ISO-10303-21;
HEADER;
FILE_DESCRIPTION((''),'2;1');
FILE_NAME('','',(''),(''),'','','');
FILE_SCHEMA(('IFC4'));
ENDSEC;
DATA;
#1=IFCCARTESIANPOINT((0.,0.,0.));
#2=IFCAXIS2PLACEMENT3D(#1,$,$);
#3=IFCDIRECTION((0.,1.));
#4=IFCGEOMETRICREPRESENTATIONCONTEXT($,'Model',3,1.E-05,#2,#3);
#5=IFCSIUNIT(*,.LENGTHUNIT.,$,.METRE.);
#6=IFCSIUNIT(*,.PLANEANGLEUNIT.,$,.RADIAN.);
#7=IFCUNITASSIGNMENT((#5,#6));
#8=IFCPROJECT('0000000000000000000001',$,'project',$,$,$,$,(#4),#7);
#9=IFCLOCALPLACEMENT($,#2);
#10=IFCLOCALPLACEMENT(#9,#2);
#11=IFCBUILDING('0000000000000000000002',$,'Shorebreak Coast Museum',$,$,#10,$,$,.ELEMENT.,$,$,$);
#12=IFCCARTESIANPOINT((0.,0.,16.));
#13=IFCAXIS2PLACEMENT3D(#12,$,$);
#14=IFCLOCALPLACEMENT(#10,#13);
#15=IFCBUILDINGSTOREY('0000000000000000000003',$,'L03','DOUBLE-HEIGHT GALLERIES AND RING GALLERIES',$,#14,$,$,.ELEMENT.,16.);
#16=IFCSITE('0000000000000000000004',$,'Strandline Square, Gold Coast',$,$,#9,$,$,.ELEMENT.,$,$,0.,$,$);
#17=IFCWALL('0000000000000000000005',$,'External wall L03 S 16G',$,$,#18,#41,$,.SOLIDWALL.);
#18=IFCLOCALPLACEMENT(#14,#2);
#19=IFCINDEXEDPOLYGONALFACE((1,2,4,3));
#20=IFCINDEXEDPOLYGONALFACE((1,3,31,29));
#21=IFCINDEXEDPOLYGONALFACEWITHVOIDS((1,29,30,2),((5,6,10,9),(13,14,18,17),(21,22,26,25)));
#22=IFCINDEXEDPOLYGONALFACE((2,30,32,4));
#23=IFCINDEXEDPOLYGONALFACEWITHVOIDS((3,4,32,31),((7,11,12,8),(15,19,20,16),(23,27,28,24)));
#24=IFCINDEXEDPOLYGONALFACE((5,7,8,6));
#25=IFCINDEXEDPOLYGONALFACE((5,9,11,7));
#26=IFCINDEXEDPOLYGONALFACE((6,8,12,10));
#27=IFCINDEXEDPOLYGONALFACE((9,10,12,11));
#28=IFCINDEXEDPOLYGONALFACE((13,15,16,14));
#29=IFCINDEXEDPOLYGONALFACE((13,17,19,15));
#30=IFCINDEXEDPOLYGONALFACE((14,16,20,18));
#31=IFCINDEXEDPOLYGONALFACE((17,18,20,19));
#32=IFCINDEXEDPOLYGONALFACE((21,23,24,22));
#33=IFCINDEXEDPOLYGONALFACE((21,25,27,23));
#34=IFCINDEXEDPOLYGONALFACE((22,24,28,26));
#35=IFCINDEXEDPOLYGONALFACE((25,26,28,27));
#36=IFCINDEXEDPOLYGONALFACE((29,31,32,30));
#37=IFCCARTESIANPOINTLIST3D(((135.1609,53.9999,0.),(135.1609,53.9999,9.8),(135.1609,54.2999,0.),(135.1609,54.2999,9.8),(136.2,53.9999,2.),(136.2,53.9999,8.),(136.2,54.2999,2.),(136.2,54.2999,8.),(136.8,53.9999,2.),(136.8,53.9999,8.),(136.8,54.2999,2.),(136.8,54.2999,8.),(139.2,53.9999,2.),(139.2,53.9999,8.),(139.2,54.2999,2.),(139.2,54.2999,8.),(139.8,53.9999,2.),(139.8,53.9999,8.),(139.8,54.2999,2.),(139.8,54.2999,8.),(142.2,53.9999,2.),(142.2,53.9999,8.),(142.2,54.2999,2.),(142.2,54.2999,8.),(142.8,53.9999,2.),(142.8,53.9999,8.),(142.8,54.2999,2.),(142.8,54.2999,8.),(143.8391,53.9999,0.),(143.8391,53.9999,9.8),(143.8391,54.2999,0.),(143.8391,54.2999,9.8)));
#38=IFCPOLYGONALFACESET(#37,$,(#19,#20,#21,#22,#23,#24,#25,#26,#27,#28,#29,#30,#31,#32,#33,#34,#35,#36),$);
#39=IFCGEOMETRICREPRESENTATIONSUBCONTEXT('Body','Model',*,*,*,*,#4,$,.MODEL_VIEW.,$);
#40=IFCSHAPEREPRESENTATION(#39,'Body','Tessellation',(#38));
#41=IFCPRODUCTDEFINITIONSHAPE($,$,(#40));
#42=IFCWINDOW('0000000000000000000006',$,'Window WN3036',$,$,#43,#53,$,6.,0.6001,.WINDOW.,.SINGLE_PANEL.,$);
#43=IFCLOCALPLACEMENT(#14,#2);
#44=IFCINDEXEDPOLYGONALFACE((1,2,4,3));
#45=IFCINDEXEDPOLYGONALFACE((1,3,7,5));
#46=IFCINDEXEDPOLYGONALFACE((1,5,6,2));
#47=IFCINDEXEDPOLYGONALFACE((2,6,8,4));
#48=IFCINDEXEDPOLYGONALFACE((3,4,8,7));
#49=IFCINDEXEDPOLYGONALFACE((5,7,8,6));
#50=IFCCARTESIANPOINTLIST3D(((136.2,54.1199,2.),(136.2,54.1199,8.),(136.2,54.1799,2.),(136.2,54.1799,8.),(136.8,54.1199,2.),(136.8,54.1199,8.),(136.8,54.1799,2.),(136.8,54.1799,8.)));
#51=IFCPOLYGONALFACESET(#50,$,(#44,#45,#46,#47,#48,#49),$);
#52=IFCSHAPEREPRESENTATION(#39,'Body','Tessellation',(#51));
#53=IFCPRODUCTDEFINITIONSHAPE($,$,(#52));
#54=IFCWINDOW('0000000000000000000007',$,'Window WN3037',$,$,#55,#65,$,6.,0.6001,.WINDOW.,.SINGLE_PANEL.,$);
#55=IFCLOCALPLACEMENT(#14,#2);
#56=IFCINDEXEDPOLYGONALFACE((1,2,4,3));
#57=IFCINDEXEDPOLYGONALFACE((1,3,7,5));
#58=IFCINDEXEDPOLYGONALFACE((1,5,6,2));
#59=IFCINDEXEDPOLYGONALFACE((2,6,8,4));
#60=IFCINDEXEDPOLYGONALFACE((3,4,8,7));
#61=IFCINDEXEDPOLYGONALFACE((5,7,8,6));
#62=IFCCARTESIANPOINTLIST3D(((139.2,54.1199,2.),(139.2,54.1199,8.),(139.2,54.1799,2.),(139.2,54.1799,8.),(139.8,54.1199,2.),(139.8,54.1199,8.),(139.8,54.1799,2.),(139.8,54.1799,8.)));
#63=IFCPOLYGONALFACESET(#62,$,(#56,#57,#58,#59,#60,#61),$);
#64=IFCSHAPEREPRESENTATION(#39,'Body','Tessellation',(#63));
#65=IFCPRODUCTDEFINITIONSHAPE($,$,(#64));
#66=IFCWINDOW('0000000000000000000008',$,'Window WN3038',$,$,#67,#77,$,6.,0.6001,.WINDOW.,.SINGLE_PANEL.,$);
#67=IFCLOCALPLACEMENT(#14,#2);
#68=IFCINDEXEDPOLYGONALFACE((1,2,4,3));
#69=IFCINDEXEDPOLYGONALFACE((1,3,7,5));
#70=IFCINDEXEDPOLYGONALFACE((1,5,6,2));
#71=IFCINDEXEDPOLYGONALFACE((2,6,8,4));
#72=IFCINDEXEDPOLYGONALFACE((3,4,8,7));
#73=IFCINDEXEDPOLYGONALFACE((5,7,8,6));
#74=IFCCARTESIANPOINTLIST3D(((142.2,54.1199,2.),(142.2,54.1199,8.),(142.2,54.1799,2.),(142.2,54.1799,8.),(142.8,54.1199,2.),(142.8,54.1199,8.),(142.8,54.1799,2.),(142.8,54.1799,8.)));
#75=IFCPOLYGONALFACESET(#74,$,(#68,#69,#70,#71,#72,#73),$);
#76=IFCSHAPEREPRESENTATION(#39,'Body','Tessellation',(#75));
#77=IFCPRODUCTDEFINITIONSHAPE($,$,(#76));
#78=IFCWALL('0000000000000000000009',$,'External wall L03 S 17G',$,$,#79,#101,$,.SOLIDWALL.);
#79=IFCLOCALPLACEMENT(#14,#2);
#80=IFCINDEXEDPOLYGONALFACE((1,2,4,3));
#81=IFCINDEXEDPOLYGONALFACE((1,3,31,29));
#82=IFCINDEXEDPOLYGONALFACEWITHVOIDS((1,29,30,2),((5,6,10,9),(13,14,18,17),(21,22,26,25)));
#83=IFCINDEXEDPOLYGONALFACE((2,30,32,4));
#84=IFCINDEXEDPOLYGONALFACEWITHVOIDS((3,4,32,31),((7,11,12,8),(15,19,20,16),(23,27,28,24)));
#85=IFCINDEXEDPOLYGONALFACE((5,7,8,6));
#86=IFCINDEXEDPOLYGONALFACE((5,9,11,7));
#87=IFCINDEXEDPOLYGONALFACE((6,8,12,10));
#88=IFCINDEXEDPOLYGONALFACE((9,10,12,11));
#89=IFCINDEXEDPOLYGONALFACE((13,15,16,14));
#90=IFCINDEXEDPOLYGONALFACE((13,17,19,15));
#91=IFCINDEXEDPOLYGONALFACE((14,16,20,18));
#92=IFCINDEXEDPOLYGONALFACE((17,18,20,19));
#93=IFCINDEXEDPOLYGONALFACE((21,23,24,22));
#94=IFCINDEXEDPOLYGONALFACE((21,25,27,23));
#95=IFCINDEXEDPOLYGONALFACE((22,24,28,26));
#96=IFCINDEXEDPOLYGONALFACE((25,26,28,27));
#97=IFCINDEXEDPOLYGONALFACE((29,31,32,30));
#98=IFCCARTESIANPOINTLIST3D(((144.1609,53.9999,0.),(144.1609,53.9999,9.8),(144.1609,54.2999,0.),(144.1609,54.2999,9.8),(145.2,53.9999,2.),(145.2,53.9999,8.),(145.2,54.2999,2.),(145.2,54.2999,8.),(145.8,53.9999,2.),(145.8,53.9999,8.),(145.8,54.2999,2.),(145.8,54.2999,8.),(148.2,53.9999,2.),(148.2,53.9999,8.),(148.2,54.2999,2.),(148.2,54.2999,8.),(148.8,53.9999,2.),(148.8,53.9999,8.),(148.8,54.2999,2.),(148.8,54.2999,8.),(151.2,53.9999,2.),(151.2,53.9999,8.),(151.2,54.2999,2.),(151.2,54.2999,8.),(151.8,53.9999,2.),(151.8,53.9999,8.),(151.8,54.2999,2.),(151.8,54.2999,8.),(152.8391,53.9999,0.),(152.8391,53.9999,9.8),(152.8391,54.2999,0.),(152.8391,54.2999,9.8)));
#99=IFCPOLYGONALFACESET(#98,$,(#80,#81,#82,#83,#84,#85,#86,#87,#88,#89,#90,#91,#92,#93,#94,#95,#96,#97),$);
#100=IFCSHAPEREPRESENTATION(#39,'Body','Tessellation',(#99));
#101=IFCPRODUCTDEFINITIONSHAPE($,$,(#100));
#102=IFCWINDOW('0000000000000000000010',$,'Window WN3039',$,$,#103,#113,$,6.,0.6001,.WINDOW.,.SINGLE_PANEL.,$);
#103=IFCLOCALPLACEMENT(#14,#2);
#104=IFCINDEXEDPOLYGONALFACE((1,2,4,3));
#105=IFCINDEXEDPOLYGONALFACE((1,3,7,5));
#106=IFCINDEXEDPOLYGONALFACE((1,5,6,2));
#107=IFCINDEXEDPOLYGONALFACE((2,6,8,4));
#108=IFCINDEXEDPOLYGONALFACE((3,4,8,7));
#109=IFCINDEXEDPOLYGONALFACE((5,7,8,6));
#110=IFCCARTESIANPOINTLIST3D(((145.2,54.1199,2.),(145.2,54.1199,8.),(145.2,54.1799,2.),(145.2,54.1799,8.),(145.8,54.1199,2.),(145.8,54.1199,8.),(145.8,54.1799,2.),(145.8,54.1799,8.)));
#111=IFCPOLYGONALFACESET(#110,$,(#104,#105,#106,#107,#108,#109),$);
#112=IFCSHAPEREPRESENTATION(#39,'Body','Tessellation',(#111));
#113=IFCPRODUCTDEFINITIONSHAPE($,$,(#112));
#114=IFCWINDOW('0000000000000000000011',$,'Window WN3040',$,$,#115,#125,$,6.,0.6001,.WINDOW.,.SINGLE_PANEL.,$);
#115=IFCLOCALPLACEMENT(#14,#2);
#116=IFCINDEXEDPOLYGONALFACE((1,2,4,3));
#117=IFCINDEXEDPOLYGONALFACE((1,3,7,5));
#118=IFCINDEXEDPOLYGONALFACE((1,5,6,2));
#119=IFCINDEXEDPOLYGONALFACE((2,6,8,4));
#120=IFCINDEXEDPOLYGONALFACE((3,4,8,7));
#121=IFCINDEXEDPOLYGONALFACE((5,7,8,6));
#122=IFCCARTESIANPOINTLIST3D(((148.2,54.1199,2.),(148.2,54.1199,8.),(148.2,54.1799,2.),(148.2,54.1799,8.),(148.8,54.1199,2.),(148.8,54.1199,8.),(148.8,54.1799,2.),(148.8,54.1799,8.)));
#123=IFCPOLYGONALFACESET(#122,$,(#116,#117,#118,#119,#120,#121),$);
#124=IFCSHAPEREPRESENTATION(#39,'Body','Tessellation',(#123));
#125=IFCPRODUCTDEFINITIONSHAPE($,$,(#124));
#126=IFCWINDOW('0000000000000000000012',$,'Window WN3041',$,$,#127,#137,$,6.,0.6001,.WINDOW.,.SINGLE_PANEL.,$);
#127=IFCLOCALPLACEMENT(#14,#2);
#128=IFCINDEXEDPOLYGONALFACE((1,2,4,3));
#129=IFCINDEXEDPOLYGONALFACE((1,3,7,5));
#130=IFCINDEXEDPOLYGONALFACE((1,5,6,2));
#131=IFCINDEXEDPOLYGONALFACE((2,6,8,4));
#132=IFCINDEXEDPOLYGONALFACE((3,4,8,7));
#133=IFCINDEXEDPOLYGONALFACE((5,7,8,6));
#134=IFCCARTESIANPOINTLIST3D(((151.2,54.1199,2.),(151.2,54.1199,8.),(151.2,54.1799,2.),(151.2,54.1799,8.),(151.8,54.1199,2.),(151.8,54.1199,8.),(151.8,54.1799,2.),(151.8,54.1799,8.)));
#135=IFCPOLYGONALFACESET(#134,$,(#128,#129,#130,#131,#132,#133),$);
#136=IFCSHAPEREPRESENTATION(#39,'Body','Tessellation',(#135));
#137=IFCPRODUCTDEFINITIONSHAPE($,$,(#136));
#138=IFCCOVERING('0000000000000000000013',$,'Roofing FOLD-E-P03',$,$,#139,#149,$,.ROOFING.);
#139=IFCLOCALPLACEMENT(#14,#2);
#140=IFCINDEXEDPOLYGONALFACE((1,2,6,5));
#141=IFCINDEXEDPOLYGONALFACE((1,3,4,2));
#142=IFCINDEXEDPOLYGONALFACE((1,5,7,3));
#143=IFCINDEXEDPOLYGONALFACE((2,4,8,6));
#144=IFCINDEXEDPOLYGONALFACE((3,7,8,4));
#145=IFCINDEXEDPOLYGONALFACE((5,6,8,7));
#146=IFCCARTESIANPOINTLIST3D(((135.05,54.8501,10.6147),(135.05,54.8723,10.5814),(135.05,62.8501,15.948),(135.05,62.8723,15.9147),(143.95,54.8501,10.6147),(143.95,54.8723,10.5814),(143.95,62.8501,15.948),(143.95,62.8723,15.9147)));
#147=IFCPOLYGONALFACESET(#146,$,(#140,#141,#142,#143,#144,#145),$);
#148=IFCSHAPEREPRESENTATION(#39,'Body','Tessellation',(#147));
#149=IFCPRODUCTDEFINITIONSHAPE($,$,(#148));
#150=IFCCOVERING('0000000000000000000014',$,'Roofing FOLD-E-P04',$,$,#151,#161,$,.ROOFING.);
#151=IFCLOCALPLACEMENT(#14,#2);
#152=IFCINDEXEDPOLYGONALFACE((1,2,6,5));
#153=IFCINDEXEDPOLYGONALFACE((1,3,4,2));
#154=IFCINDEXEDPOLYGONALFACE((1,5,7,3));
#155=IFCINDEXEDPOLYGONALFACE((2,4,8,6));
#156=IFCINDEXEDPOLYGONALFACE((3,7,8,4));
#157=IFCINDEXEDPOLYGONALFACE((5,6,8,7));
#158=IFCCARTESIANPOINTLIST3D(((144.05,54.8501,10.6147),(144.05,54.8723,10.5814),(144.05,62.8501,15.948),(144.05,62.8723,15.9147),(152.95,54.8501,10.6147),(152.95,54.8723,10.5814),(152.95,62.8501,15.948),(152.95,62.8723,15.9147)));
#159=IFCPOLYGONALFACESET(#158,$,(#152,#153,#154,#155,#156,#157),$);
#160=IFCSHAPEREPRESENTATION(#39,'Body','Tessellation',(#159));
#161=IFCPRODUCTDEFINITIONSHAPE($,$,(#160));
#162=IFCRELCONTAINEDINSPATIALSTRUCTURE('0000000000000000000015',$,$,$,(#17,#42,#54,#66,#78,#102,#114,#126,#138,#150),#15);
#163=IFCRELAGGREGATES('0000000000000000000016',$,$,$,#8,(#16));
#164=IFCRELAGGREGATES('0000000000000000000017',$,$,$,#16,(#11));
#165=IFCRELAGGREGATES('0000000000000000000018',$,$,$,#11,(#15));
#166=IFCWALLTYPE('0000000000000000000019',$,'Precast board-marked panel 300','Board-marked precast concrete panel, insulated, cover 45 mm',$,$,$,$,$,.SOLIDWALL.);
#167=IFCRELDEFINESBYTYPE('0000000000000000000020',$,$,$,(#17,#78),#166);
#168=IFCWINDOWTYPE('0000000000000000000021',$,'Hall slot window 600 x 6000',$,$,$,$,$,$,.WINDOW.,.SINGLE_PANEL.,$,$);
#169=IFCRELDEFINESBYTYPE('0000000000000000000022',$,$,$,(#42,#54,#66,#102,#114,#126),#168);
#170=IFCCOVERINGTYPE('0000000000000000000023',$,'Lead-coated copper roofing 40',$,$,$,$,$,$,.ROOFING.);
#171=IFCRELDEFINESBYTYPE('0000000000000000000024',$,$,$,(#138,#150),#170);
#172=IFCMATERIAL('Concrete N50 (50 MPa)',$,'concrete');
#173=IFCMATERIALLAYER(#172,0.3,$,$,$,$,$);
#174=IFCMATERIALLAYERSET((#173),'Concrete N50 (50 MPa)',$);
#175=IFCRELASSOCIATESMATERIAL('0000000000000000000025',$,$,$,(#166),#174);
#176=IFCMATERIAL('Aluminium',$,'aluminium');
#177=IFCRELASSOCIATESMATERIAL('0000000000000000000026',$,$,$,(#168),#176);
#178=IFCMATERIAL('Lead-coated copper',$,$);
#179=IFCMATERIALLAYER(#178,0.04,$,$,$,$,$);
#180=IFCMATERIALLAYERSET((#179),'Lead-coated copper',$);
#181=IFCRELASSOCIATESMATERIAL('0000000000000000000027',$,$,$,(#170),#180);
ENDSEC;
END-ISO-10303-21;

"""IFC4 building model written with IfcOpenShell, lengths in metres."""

from ifc_helpers import new_model, si_unit, direction, frame, frame_2d, origin, place, context, subcontext, project, spatial, polyline, rectangle, outline, extrude, material, layer, layer_set, type_object, element, fill, save


model = new_model("IFC4")

# Units and contexts
model_context = context("Model", 3, precision=1e-05, world=origin(), true_north=direction((0.0, 1.0)))
body_context = subcontext(model_context, "Body", "Model", "MODEL_VIEW")
ifc_project = project(units=[si_unit("LENGTHUNIT", "METRE"), si_unit("PLANEANGLEUNIT", "RADIAN")], contexts=[model_context])

# Site, building, storey
site_placement = place(None, origin())
site = spatial("IfcSite", under=ifc_project, at=site_placement, Name="Strandline Square, Gold Coast", CompositionType="ELEMENT", RefElevation=0.0)
building_placement = place(site_placement, origin())
building = spatial("IfcBuilding", under=site, at=building_placement, Name="Shorebreak Coast Museum", CompositionType="ELEMENT")
storey_placement = place(building_placement, frame((0.0, 0.0, 16.0)))
storey = spatial("IfcBuildingStorey", under=building, at=storey_placement, Name="L03", Description="DOUBLE-HEIGHT GALLERIES AND RING GALLERIES", CompositionType="ELEMENT", Elevation=16.0)

# Walls, openings, windows
ifc_material_1 = material(Name="Concrete N50 (50 MPa)", Category="concrete")
ifc_layer_1 = layer(ifc_material_1, 0.3)
ifc_layer_set_1 = layer_set([ifc_layer_1], Name="Concrete N50 (50 MPa)")
wall_type_1 = type_object("IfcWallType", Name="Precast board-marked panel 300", Description="Board-marked precast concrete panel, insulated, cover 45 mm", PredefinedType="SOLIDWALL", material=ifc_layer_set_1)
wall_1_placement = place(storey_placement, frame((135.1609, 54.1499, 0.0), z_axis=(0.0, 0.0, 1.0), x_axis=(1.0, 0.0, 0.0)))
wall_1 = element("IfcWall", 1, at=wall_1_placement, inside=storey, type_object=wall_type_1, Name="External wall L03 S 16G", PredefinedType="SOLIDWALL", context=body_context, shape_type="SweptSolid", body=[
    extrude(rectangle(XDim=8.6782, YDim=0.3, at=frame_2d((4.3391, 0.0))), origin(), (0.0, 0.0, 1.0), 9.8),
])
opening_1_placement = place(wall_1_placement, frame((1.0391, 0.0, 2.0)))
opening_1 = element("IfcOpeningElement", 2, at=opening_1_placement, cuts=wall_1, PredefinedType="OPENING", context=body_context, shape_type="SweptSolid", body=[
    extrude(rectangle(XDim=0.6001, YDim=6.0, at=frame_2d((0.3, 3.0))), frame((0.0, 0.1599, 0.0), z_axis=(0.0, -1.0, 0.0), x_axis=(1.0, 0.0, 0.0)), (0.0, 0.0, 1.0), 0.3201),
])
opening_2_placement = place(wall_1_placement, frame((4.0391, 0.0, 2.0)))
opening_2 = element("IfcOpeningElement", 3, at=opening_2_placement, cuts=wall_1, PredefinedType="OPENING", context=body_context, shape_type="SweptSolid", body=[
    extrude(rectangle(XDim=0.6001, YDim=6.0, at=frame_2d((0.3, 3.0))), frame((0.0, 0.1599, 0.0), z_axis=(0.0, -1.0, 0.0), x_axis=(1.0, 0.0, 0.0)), (0.0, 0.0, 1.0), 0.3201),
])
opening_3_placement = place(wall_1_placement, frame((7.0391, 0.0, 2.0)))
opening_3 = element("IfcOpeningElement", 4, at=opening_3_placement, cuts=wall_1, PredefinedType="OPENING", context=body_context, shape_type="SweptSolid", body=[
    extrude(rectangle(XDim=0.6001, YDim=6.0, at=frame_2d((0.3, 3.0))), frame((0.0, 0.1599, 0.0), z_axis=(0.0, -1.0, 0.0), x_axis=(1.0, 0.0, 0.0)), (0.0, 0.0, 1.0), 0.3201),
])
ifc_material_2 = material(Name="Aluminium", Category="aluminium")
window_type = type_object("IfcWindowType", Name="Hall slot window 600 x 6000", PartitioningType="SINGLE_PANEL", PredefinedType="WINDOW", material=ifc_material_2)
window_1_placement = place(opening_1_placement, origin())
window_1 = element("IfcWindow", 5, at=window_1_placement, inside=storey, type_object=window_type, Name="Window WN3036", OverallHeight=6.0, OverallWidth=0.6001, PartitioningType="SINGLE_PANEL", PredefinedType="WINDOW", context=body_context, shape_type="SweptSolid", body=[
    extrude(rectangle(XDim=0.6001, YDim=6.0, at=frame_2d((0.3, 3.0))), frame((0.0, 0.03, 0.0), z_axis=(0.0, -1.0, 0.0), x_axis=(1.0, 0.0, 0.0)), (0.0, 0.0, 1.0), 0.0601),
])
fill(opening_1, window_1)
window_2_placement = place(opening_2_placement, origin())
window_2 = element("IfcWindow", 6, at=window_2_placement, inside=storey, type_object=window_type, Name="Window WN3037", OverallHeight=6.0, OverallWidth=0.6001, PartitioningType="SINGLE_PANEL", PredefinedType="WINDOW", context=body_context, shape_type="SweptSolid", body=[
    extrude(rectangle(XDim=0.6001, YDim=6.0, at=frame_2d((0.3, 3.0))), frame((0.0, 0.03, 0.0), z_axis=(0.0, -1.0, 0.0), x_axis=(1.0, 0.0, 0.0)), (0.0, 0.0, 1.0), 0.0601),
])
fill(opening_2, window_2)
window_3_placement = place(opening_3_placement, origin())
window_3 = element("IfcWindow", 7, at=window_3_placement, inside=storey, type_object=window_type, Name="Window WN3038", OverallHeight=6.0, OverallWidth=0.6001, PartitioningType="SINGLE_PANEL", PredefinedType="WINDOW", context=body_context, shape_type="SweptSolid", body=[
    extrude(rectangle(XDim=0.6001, YDim=6.0, at=frame_2d((0.3, 3.0))), frame((0.0, 0.03, 0.0), z_axis=(0.0, -1.0, 0.0), x_axis=(1.0, 0.0, 0.0)), (0.0, 0.0, 1.0), 0.0601),
])
fill(opening_3, window_3)
wall_2_placement = place(storey_placement, frame((144.1609, 54.1499, 0.0), z_axis=(0.0, 0.0, 1.0), x_axis=(1.0, 0.0, 0.0)))
wall_2 = element("IfcWall", 8, at=wall_2_placement, inside=storey, type_object=wall_type_1, Name="External wall L03 S 17G", PredefinedType="SOLIDWALL", context=body_context, shape_type="SweptSolid", body=[
    extrude(rectangle(XDim=8.6782, YDim=0.3, at=frame_2d((4.3391, 0.0))), origin(), (0.0, 0.0, 1.0), 9.8),
])
opening_4_placement = place(wall_2_placement, frame((1.0391, 0.0, 2.0)))
opening_4 = element("IfcOpeningElement", 9, at=opening_4_placement, cuts=wall_2, PredefinedType="OPENING", context=body_context, shape_type="SweptSolid", body=[
    extrude(rectangle(XDim=0.6001, YDim=6.0, at=frame_2d((0.3, 3.0))), frame((0.0, 0.1599, 0.0), z_axis=(0.0, -1.0, 0.0), x_axis=(1.0, 0.0, 0.0)), (0.0, 0.0, 1.0), 0.3201),
])
opening_5_placement = place(wall_2_placement, frame((4.0391, 0.0, 2.0)))
opening_5 = element("IfcOpeningElement", 10, at=opening_5_placement, cuts=wall_2, PredefinedType="OPENING", context=body_context, shape_type="SweptSolid", body=[
    extrude(rectangle(XDim=0.6001, YDim=6.0, at=frame_2d((0.3, 3.0))), frame((0.0, 0.1599, 0.0), z_axis=(0.0, -1.0, 0.0), x_axis=(1.0, 0.0, 0.0)), (0.0, 0.0, 1.0), 0.3201),
])
opening_6_placement = place(wall_2_placement, frame((7.0391, 0.0, 2.0)))
opening_6 = element("IfcOpeningElement", 11, at=opening_6_placement, cuts=wall_2, PredefinedType="OPENING", context=body_context, shape_type="SweptSolid", body=[
    extrude(rectangle(XDim=0.6001, YDim=6.0, at=frame_2d((0.3, 3.0))), frame((0.0, 0.1599, 0.0), z_axis=(0.0, -1.0, 0.0), x_axis=(1.0, 0.0, 0.0)), (0.0, 0.0, 1.0), 0.3201),
])
window_4_placement = place(opening_4_placement, origin())
window_4 = element("IfcWindow", 12, at=window_4_placement, inside=storey, type_object=window_type, Name="Window WN3039", OverallHeight=6.0, OverallWidth=0.6001, PartitioningType="SINGLE_PANEL", PredefinedType="WINDOW", context=body_context, shape_type="SweptSolid", body=[
    extrude(rectangle(XDim=0.6001, YDim=6.0, at=frame_2d((0.3, 3.0))), frame((0.0, 0.03, 0.0), z_axis=(0.0, -1.0, 0.0), x_axis=(1.0, 0.0, 0.0)), (0.0, 0.0, 1.0), 0.0601),
])
fill(opening_4, window_4)
window_5_placement = place(opening_5_placement, origin())
window_5 = element("IfcWindow", 13, at=window_5_placement, inside=storey, type_object=window_type, Name="Window WN3040", OverallHeight=6.0, OverallWidth=0.6001, PartitioningType="SINGLE_PANEL", PredefinedType="WINDOW", context=body_context, shape_type="SweptSolid", body=[
    extrude(rectangle(XDim=0.6001, YDim=6.0, at=frame_2d((0.3, 3.0))), frame((0.0, 0.03, 0.0), z_axis=(0.0, -1.0, 0.0), x_axis=(1.0, 0.0, 0.0)), (0.0, 0.0, 1.0), 0.0601),
])
fill(opening_5, window_5)
window_6_placement = place(opening_6_placement, origin())
window_6 = element("IfcWindow", 14, at=window_6_placement, inside=storey, type_object=window_type, Name="Window WN3041", OverallHeight=6.0, OverallWidth=0.6001, PartitioningType="SINGLE_PANEL", PredefinedType="WINDOW", context=body_context, shape_type="SweptSolid", body=[
    extrude(rectangle(XDim=0.6001, YDim=6.0, at=frame_2d((0.3, 3.0))), frame((0.0, 0.03, 0.0), z_axis=(0.0, -1.0, 0.0), x_axis=(1.0, 0.0, 0.0)), (0.0, 0.0, 1.0), 0.0601),
])
fill(opening_6, window_6)

# Coverings
ifc_material_3 = material(Name="Lead-coated copper")
ifc_layer_2 = layer(ifc_material_3, 0.04)
ifc_layer_set_2 = layer_set([ifc_layer_2], Name="Lead-coated copper")
covering_type_1 = type_object("IfcCoveringType", Name="Lead-coated copper roofing 40", PredefinedType="ROOFING", material=ifc_layer_set_2)
for number, where, z_axis, x_axis, name in (
    (15, (135.05, 54.8501, 10.6147), (0.0, -0.554694, 0.832054), (1.0, 0.0, 0.0), "Roofing FOLD-E-P03"),
    (16, (144.05, 54.8501, 10.6147), (0.0, -0.554694, 0.832054), (1.0, 0.0, 0.0), "Roofing FOLD-E-P04"),
):
    element("IfcCovering", number, at=place(storey_placement, frame(where, z_axis=z_axis, x_axis=x_axis)), inside=storey, type_object=covering_type_1, Name=name, PredefinedType="ROOFING", context=body_context, shape_type="SweptSolid", body=[
        extrude(outline(polyline([(0.0, 0.0), (8.8999, 0.0), (8.8999, 9.6148), (0.0, 9.6148), (0.0, 0.0)])), origin(), (0.0, 0.0, -1.0), 0.04),
    ])

save(model, "model.ifc")
